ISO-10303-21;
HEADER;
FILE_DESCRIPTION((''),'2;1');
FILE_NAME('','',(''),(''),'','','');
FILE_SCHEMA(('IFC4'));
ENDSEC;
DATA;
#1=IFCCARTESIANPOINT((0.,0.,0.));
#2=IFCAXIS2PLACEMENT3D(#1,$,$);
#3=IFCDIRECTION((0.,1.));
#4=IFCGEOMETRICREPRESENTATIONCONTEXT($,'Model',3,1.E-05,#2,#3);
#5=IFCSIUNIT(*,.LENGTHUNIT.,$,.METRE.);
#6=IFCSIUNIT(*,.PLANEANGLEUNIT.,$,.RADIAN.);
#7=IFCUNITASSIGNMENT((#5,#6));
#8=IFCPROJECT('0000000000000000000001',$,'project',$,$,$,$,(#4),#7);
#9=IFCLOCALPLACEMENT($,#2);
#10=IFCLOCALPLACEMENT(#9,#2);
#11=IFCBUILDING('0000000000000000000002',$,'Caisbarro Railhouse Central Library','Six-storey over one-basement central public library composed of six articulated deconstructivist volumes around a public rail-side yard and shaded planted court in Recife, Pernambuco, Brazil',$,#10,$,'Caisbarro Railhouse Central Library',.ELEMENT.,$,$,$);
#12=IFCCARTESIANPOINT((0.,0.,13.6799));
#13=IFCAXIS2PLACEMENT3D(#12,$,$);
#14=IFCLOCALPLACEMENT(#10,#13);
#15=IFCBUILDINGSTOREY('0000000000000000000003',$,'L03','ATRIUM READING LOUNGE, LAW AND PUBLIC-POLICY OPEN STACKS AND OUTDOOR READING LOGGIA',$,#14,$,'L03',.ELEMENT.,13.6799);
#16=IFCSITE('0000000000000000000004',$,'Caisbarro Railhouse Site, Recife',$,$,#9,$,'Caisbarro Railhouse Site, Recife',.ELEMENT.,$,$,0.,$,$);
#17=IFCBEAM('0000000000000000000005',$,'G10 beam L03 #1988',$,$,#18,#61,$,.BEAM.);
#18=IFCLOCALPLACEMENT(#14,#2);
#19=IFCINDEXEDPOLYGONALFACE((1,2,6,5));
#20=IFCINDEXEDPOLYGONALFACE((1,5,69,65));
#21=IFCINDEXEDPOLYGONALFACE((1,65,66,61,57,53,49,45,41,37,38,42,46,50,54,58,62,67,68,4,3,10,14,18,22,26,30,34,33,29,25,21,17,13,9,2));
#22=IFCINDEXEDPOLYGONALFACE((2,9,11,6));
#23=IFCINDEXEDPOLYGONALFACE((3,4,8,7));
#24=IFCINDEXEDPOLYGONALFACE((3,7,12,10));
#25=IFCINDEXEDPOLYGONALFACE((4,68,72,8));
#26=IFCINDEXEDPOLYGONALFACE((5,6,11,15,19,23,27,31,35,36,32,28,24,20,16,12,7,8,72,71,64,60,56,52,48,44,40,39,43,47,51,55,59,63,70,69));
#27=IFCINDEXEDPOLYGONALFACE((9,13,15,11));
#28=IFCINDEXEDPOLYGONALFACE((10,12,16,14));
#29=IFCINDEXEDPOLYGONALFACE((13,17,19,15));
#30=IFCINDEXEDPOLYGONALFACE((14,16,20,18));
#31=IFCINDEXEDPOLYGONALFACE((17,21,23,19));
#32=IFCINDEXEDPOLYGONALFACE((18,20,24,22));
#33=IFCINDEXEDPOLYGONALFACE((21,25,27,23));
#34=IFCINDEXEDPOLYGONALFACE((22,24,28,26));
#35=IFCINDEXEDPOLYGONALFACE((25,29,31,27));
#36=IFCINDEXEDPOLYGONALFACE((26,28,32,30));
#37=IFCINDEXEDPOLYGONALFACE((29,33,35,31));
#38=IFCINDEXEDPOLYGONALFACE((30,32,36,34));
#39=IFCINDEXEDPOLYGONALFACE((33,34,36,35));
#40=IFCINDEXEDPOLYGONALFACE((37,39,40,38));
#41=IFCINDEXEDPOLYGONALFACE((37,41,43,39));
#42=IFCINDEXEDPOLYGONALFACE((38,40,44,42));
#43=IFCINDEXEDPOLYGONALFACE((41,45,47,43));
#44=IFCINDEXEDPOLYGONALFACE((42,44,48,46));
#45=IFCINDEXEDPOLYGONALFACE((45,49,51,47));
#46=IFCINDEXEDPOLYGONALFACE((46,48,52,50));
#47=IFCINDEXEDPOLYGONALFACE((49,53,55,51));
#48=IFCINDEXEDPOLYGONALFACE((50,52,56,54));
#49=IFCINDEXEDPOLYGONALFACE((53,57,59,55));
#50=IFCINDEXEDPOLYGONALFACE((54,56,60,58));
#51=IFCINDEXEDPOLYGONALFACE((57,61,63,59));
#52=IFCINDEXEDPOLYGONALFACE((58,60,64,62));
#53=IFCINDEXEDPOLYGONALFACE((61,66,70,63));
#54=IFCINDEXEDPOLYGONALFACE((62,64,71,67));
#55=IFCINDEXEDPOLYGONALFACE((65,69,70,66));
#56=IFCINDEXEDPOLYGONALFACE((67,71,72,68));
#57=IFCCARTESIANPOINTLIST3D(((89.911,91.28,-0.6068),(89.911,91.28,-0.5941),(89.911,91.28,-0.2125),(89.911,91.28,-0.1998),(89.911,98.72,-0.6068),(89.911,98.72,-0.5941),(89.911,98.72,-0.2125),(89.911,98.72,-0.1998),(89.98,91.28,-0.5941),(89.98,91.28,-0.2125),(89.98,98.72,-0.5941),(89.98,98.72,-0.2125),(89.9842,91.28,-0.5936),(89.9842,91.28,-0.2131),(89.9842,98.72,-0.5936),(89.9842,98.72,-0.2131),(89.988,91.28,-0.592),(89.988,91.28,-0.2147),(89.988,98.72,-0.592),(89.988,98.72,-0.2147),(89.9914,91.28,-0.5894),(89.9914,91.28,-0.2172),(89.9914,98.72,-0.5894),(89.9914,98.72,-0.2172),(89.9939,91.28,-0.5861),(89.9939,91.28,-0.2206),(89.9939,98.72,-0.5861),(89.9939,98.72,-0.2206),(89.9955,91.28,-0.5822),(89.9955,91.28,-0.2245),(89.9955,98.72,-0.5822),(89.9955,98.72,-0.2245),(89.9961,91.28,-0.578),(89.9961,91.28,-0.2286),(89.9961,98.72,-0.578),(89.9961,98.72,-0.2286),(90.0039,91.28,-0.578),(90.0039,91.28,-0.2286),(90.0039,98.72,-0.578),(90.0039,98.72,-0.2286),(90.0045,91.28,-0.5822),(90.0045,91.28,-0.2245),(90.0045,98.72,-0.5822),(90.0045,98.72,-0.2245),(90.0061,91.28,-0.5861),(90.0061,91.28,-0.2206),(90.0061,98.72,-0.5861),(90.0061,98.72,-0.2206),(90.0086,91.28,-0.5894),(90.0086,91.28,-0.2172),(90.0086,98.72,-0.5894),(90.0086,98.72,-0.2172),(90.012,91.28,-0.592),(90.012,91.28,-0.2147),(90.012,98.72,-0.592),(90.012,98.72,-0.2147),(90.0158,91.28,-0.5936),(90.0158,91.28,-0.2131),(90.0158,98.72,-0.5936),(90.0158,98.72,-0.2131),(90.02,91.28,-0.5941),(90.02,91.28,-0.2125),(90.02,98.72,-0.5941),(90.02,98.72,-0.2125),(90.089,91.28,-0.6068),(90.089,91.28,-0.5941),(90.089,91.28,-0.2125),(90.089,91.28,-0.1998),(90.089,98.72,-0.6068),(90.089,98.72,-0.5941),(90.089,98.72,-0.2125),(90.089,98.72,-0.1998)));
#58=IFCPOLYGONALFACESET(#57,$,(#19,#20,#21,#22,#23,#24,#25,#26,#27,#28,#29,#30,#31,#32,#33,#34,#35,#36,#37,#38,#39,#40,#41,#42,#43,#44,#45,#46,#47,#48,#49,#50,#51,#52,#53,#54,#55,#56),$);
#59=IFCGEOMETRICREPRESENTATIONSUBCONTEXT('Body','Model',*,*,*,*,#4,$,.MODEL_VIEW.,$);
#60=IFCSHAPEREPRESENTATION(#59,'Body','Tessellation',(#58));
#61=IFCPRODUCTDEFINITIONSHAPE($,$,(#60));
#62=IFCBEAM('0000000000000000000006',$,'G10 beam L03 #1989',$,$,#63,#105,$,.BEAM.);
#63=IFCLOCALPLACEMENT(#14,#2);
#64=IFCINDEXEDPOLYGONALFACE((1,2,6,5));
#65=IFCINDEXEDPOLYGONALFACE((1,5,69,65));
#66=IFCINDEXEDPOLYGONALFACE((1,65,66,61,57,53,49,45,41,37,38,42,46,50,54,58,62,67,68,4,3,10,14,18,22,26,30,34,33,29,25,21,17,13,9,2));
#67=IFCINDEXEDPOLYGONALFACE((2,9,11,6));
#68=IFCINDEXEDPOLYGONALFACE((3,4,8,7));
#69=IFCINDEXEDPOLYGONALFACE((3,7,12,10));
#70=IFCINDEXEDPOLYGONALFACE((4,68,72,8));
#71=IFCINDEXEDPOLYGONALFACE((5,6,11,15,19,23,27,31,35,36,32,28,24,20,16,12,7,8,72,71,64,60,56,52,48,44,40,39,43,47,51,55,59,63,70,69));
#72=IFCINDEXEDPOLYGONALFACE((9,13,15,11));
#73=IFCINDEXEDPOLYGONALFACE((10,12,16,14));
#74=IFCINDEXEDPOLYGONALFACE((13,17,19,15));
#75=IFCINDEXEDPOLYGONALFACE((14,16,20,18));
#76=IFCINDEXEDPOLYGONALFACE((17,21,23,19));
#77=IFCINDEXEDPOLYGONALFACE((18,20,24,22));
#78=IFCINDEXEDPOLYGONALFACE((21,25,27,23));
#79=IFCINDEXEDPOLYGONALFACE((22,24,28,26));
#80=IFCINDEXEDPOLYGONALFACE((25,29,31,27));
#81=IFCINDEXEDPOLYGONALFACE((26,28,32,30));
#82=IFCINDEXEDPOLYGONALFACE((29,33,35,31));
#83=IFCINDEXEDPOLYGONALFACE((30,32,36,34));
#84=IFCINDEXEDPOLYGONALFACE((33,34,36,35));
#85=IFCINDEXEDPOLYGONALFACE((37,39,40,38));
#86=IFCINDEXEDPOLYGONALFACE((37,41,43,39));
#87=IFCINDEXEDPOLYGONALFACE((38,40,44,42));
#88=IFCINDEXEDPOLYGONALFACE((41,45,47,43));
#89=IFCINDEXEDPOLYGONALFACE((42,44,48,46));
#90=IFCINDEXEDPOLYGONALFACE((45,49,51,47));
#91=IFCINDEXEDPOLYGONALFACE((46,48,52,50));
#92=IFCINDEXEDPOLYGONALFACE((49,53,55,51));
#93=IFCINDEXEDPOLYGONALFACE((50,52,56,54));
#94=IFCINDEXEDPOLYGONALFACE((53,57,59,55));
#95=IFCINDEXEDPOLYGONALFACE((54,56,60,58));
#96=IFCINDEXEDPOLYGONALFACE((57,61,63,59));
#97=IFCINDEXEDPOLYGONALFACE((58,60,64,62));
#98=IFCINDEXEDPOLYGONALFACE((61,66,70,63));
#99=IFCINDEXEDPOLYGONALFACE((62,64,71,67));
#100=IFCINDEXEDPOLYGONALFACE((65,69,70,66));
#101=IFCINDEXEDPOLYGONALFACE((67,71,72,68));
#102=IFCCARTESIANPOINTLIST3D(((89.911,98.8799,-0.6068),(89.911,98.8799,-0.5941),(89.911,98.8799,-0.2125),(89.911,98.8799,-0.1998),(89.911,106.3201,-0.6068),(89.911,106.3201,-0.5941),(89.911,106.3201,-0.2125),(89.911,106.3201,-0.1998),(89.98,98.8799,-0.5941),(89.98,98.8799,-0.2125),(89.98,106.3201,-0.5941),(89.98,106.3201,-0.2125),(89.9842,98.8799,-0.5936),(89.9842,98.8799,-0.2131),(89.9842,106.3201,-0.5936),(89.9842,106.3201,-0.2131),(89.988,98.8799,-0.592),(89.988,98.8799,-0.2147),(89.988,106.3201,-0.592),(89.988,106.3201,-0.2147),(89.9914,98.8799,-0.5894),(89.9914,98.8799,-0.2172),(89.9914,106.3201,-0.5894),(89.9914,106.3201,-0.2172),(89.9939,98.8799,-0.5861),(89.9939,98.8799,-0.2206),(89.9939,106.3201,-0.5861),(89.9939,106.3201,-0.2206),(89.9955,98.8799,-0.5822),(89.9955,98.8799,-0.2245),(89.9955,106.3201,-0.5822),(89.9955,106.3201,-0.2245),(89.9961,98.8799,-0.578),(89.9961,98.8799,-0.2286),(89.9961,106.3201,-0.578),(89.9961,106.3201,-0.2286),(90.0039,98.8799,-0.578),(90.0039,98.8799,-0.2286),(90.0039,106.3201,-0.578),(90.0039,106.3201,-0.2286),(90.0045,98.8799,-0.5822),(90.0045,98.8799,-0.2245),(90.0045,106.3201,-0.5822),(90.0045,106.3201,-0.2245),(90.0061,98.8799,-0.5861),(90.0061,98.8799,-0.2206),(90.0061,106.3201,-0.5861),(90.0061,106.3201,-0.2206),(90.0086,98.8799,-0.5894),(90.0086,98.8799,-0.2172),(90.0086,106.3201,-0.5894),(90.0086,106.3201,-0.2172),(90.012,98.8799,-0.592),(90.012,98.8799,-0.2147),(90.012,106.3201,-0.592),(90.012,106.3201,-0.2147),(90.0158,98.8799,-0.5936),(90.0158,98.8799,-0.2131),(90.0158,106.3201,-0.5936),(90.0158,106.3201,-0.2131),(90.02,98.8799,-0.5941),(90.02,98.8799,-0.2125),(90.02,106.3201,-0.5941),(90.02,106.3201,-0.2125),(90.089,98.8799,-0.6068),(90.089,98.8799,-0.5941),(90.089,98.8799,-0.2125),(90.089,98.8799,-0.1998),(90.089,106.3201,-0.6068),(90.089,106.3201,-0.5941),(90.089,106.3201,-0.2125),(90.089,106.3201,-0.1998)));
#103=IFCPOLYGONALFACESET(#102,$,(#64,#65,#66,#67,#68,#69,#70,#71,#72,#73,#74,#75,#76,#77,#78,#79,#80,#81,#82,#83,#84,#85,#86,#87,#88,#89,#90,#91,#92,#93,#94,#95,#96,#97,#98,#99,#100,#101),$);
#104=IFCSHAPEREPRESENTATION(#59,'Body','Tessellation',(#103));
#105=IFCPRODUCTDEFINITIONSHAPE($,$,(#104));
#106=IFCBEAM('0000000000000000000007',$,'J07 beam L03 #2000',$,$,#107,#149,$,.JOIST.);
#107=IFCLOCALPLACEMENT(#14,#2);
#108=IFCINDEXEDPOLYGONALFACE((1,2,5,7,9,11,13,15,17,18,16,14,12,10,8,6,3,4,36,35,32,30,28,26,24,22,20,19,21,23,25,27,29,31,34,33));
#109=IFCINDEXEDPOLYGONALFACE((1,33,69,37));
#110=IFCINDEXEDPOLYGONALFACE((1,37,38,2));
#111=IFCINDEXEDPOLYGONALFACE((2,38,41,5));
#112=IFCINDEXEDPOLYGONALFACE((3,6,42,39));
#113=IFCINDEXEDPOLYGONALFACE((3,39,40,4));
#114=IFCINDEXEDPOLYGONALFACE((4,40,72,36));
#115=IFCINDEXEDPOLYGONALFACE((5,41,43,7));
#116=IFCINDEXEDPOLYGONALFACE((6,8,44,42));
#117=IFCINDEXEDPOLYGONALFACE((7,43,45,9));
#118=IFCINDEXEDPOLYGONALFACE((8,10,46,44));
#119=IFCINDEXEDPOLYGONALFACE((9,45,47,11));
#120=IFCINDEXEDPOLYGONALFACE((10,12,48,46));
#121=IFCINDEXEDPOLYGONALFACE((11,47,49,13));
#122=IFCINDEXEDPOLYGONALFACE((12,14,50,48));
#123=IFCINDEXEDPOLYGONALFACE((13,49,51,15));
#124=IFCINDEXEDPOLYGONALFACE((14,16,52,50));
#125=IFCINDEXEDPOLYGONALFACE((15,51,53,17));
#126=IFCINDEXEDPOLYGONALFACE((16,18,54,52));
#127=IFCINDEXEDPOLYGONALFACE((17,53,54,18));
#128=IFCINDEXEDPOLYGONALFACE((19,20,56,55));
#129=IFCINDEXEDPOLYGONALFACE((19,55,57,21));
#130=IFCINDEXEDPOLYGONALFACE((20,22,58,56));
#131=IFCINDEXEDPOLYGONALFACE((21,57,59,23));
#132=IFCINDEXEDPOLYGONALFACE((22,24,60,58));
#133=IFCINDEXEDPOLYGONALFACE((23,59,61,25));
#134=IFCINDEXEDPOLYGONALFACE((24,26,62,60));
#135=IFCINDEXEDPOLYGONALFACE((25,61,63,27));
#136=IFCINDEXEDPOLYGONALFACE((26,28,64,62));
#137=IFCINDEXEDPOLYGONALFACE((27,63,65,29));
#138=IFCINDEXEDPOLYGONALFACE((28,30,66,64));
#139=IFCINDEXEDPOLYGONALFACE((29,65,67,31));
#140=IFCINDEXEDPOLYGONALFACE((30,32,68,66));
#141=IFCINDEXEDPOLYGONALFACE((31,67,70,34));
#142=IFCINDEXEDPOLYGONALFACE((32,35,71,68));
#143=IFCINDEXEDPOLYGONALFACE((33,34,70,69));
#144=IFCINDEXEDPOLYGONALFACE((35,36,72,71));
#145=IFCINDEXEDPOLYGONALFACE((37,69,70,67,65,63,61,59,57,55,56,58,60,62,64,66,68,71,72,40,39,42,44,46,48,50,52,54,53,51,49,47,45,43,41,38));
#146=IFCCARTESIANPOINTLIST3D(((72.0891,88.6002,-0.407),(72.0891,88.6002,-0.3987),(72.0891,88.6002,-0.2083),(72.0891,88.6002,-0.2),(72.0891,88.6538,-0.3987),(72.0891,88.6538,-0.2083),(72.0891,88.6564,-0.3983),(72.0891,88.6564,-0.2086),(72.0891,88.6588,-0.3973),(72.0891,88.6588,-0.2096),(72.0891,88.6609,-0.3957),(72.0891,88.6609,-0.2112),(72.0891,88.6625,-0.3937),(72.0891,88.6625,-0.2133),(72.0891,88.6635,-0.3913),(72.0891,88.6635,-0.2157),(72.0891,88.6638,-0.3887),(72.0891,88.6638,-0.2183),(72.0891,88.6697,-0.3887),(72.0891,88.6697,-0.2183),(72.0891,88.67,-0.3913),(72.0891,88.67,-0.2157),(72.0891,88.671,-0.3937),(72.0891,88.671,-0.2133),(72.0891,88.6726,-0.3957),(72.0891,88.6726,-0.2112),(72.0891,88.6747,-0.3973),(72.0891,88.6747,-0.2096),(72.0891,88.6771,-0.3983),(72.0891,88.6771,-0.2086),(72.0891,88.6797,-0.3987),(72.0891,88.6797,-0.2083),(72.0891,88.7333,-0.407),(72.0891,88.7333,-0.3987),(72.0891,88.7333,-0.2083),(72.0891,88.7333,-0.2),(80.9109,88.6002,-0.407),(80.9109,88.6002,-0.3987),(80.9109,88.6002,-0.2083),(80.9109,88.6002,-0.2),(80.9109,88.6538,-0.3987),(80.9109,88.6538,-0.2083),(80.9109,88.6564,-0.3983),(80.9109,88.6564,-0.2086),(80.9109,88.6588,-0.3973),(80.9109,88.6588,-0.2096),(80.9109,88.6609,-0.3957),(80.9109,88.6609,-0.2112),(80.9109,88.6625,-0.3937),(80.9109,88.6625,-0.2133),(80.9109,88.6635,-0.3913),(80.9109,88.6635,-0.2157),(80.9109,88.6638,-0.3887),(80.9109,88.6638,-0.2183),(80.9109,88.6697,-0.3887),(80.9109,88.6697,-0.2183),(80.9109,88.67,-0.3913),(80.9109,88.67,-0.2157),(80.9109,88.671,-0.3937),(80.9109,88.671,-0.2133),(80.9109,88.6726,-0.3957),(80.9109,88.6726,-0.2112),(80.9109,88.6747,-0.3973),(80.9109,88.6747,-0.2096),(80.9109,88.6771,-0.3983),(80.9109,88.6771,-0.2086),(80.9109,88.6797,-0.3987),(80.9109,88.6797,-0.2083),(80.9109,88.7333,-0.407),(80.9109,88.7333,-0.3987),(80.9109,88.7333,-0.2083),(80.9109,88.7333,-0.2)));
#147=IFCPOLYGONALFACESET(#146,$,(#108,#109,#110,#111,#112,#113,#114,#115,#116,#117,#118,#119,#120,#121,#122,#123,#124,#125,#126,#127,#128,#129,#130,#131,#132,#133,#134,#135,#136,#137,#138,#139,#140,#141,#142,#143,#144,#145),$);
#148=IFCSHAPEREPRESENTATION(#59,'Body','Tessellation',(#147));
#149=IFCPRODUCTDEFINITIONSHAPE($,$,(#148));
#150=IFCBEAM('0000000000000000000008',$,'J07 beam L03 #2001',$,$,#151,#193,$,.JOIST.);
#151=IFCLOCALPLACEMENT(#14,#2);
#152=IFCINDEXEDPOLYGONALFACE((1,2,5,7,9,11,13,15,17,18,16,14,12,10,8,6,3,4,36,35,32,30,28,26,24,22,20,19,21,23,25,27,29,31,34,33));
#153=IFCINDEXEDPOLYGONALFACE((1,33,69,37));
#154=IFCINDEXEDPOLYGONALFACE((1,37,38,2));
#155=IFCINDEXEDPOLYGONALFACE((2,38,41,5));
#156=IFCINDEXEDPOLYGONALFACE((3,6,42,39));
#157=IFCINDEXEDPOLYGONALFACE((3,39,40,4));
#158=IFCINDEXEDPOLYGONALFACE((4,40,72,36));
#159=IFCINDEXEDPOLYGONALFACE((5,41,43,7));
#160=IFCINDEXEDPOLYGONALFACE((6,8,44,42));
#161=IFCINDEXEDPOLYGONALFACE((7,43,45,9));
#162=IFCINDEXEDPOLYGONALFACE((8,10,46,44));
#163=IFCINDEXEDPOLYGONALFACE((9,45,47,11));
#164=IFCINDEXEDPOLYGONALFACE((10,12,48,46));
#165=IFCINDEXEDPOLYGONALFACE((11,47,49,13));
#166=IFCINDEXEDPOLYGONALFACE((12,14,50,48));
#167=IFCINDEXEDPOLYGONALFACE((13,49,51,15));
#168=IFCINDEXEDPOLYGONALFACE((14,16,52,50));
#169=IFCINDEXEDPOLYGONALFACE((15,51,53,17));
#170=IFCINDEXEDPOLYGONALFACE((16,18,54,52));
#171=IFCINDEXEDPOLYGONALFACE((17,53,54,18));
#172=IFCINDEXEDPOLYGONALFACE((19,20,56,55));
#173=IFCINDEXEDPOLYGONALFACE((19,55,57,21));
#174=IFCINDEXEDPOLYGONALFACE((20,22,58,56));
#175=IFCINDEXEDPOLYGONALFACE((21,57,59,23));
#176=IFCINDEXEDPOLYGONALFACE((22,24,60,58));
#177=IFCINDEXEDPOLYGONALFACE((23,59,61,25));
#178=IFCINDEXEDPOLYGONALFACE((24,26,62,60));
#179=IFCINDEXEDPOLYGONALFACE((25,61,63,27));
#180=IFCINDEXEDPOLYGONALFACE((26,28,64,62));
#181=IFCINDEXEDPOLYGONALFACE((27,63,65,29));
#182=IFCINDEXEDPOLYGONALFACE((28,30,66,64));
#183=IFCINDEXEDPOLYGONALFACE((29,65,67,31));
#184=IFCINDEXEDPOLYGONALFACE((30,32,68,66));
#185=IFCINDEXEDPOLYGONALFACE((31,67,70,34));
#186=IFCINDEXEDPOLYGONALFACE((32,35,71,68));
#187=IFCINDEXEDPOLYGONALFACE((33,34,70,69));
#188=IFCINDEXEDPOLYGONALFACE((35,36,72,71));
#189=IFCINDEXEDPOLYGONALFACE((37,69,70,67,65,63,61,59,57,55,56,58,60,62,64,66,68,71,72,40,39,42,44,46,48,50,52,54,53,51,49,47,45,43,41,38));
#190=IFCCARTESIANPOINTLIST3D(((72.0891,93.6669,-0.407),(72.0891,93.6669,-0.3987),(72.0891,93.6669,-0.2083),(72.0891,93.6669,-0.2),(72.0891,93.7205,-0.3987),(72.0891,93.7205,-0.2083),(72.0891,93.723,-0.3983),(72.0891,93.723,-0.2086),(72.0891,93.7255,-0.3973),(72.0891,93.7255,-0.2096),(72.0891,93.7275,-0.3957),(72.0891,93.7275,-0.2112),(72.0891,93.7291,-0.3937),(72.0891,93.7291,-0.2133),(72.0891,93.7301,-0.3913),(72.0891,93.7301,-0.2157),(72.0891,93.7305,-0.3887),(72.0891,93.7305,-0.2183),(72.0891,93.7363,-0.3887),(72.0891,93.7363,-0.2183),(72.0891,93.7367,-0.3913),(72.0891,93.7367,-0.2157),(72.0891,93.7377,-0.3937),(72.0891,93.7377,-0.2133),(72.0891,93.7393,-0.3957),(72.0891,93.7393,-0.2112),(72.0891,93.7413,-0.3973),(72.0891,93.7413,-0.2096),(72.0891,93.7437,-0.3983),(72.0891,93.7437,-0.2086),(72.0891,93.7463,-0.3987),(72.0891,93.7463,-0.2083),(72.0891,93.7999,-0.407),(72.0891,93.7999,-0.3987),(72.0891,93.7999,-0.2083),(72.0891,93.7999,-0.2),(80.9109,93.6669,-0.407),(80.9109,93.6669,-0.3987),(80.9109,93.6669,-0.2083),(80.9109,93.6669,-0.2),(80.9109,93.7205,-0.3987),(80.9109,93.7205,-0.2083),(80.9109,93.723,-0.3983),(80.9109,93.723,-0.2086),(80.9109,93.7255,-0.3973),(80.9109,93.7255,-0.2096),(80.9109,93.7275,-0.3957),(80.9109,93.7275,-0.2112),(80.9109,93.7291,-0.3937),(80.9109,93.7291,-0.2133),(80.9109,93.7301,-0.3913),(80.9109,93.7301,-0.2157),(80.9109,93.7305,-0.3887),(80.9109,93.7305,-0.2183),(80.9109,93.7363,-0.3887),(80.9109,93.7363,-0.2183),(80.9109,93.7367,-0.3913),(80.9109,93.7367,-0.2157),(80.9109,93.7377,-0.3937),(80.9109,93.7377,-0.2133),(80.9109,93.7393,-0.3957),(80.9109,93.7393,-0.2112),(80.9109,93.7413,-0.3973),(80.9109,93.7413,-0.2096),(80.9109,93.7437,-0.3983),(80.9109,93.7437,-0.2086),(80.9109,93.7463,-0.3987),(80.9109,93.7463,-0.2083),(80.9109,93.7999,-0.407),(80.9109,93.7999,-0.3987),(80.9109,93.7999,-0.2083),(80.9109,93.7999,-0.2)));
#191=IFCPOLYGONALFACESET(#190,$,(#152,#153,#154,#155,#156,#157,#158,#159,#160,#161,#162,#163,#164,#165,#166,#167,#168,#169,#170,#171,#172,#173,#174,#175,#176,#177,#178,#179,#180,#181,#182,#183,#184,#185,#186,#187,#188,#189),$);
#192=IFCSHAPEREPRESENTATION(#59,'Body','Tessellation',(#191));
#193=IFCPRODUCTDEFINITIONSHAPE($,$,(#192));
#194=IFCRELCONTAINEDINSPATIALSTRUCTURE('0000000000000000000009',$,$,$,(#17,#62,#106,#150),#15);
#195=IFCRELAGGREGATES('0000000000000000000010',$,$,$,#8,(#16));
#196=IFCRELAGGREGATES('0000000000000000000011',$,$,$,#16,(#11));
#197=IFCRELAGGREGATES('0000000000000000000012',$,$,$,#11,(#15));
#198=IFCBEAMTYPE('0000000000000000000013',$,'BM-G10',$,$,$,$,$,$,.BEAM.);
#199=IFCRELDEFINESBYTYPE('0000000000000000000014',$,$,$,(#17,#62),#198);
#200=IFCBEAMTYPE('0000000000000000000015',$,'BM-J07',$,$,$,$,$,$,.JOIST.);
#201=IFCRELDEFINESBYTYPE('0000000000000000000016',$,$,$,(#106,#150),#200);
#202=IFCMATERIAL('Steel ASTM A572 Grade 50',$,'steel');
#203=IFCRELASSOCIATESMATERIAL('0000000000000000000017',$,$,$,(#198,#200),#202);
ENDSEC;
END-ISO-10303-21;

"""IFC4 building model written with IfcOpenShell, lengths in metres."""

from ifc_helpers import new_model, si_unit, direction, frame, origin, origin_2d, place, context, subcontext, project, spatial, i_section, extrude, material, material_profile, profile_set, type_object, element, save


model = new_model("IFC4")

# Units and contexts
model_context = context("Model", 3, precision=1e-05, world=origin(), true_north=direction((0.0, 1.0)))
body_context = subcontext(model_context, "Body", "Model", "MODEL_VIEW")
ifc_project = project(units=[si_unit("LENGTHUNIT", "METRE"), si_unit("PLANEANGLEUNIT", "RADIAN")], contexts=[model_context])

# Site, building, storey
site_placement = place(None, origin())
site = spatial("IfcSite", under=ifc_project, at=site_placement, Name="Caisbarro Railhouse Site, Recife", LongName="Caisbarro Railhouse Site, Recife", CompositionType="ELEMENT", RefElevation=0.0)
building_placement = place(site_placement, origin())
building = spatial("IfcBuilding", under=site, at=building_placement, Name="Caisbarro Railhouse Central Library", Description="Six-storey over one-basement central public library composed of six articulated deconstructivist volumes around a public rail-side yard and shaded planted court in Recife, Pernambuco, Brazil", LongName="Caisbarro Railhouse Central Library", CompositionType="ELEMENT")
storey_placement = place(building_placement, frame((0.0, 0.0, 13.6799)))
storey = spatial("IfcBuildingStorey", under=building, at=storey_placement, Name="L03", Description="ATRIUM READING LOUNGE, LAW AND PUBLIC-POLICY OPEN STACKS AND OUTDOOR READING LOGGIA", LongName="L03", CompositionType="ELEMENT", Elevation=13.6799)

# Shared definitions
ifc_material_1 = material(Name="Steel ASTM A572 Grade 50", Category="steel")

# Beams
ifc_material_profile_1 = material_profile(ifc_material_1, i_section(OverallWidth=0.178, OverallDepth=0.407, WebThickness=0.0078, FlangeThickness=0.0127, FilletRadius=0.0161, at=origin_2d()), Name="W410X60.0")
ifc_profile_set_1 = profile_set([ifc_material_profile_1], Name="Steel ASTM A572 Grade 50")
beam_type_1 = type_object("IfcBeamType", Name="BM-G10", PredefinedType="BEAM", material=ifc_profile_set_1)
beam_1_placement = place(storey_placement, frame((90.0, 91.28, -0.4033), z_axis=(0.0, 1.0, 0.0), x_axis=(-1.0, 0.0, 0.0)))
element("IfcBeam", 1, at=beam_1_placement, inside=storey, type_object=beam_type_1, Name="G10 beam L03 #1988", PredefinedType="BEAM", context=body_context, shape_type="SweptSolid", body=[
    extrude(i_section(OverallWidth=0.178, OverallDepth=0.407, WebThickness=0.0078, FlangeThickness=0.0127, FilletRadius=0.0161, at=origin_2d()), origin(), (0.0, 0.0, 1.0), 7.4399),
])
beam_2_placement = place(storey_placement, frame((90.0, 98.8799, -0.4033), z_axis=(0.0, 1.0, 0.0), x_axis=(-1.0, 0.0, 0.0)))
element("IfcBeam", 2, at=beam_2_placement, inside=storey, type_object=beam_type_1, Name="G10 beam L03 #1989", PredefinedType="BEAM", context=body_context, shape_type="SweptSolid", body=[
    extrude(i_section(OverallWidth=0.178, OverallDepth=0.407, WebThickness=0.0078, FlangeThickness=0.0127, FilletRadius=0.0161, at=origin_2d()), origin(), (0.0, 0.0, 1.0), 7.4402),
])
ifc_material_profile_2 = material_profile(ifc_material_1, i_section(OverallWidth=0.1331, OverallDepth=0.207, WebThickness=0.0059, FlangeThickness=0.0083, FilletRadius=0.01, at=origin_2d()), Name="W200X26.6")
ifc_profile_set_2 = profile_set([ifc_material_profile_2], Name="Steel ASTM A572 Grade 50")
beam_type_2 = type_object("IfcBeamType", Name="BM-J07", PredefinedType="JOIST", material=ifc_profile_set_2)
for number, where, z_axis, x_axis, name in (
    (3, (72.0891, 88.6667, -0.3035), (1.0, 0.0, 0.0), (0.0, 1.0, 0.0), "J07 beam L03 #2000"),
    (4, (72.0891, 93.7334, -0.3035), (1.0, 0.0, 0.0), (0.0, 1.0, 0.0), "J07 beam L03 #2001"),
):
    element("IfcBeam", number, at=place(storey_placement, frame(where, z_axis=z_axis, x_axis=x_axis)), inside=storey, type_object=beam_type_2, Name=name, PredefinedType="JOIST", context=body_context, shape_type="SweptSolid", body=[
        extrude(i_section(OverallWidth=0.1331, OverallDepth=0.207, WebThickness=0.0059, FlangeThickness=0.0083, FilletRadius=0.01, at=origin_2d()), origin(), (0.0, 0.0, 1.0), 8.8218),
    ])

save(model, "model.ifc")
